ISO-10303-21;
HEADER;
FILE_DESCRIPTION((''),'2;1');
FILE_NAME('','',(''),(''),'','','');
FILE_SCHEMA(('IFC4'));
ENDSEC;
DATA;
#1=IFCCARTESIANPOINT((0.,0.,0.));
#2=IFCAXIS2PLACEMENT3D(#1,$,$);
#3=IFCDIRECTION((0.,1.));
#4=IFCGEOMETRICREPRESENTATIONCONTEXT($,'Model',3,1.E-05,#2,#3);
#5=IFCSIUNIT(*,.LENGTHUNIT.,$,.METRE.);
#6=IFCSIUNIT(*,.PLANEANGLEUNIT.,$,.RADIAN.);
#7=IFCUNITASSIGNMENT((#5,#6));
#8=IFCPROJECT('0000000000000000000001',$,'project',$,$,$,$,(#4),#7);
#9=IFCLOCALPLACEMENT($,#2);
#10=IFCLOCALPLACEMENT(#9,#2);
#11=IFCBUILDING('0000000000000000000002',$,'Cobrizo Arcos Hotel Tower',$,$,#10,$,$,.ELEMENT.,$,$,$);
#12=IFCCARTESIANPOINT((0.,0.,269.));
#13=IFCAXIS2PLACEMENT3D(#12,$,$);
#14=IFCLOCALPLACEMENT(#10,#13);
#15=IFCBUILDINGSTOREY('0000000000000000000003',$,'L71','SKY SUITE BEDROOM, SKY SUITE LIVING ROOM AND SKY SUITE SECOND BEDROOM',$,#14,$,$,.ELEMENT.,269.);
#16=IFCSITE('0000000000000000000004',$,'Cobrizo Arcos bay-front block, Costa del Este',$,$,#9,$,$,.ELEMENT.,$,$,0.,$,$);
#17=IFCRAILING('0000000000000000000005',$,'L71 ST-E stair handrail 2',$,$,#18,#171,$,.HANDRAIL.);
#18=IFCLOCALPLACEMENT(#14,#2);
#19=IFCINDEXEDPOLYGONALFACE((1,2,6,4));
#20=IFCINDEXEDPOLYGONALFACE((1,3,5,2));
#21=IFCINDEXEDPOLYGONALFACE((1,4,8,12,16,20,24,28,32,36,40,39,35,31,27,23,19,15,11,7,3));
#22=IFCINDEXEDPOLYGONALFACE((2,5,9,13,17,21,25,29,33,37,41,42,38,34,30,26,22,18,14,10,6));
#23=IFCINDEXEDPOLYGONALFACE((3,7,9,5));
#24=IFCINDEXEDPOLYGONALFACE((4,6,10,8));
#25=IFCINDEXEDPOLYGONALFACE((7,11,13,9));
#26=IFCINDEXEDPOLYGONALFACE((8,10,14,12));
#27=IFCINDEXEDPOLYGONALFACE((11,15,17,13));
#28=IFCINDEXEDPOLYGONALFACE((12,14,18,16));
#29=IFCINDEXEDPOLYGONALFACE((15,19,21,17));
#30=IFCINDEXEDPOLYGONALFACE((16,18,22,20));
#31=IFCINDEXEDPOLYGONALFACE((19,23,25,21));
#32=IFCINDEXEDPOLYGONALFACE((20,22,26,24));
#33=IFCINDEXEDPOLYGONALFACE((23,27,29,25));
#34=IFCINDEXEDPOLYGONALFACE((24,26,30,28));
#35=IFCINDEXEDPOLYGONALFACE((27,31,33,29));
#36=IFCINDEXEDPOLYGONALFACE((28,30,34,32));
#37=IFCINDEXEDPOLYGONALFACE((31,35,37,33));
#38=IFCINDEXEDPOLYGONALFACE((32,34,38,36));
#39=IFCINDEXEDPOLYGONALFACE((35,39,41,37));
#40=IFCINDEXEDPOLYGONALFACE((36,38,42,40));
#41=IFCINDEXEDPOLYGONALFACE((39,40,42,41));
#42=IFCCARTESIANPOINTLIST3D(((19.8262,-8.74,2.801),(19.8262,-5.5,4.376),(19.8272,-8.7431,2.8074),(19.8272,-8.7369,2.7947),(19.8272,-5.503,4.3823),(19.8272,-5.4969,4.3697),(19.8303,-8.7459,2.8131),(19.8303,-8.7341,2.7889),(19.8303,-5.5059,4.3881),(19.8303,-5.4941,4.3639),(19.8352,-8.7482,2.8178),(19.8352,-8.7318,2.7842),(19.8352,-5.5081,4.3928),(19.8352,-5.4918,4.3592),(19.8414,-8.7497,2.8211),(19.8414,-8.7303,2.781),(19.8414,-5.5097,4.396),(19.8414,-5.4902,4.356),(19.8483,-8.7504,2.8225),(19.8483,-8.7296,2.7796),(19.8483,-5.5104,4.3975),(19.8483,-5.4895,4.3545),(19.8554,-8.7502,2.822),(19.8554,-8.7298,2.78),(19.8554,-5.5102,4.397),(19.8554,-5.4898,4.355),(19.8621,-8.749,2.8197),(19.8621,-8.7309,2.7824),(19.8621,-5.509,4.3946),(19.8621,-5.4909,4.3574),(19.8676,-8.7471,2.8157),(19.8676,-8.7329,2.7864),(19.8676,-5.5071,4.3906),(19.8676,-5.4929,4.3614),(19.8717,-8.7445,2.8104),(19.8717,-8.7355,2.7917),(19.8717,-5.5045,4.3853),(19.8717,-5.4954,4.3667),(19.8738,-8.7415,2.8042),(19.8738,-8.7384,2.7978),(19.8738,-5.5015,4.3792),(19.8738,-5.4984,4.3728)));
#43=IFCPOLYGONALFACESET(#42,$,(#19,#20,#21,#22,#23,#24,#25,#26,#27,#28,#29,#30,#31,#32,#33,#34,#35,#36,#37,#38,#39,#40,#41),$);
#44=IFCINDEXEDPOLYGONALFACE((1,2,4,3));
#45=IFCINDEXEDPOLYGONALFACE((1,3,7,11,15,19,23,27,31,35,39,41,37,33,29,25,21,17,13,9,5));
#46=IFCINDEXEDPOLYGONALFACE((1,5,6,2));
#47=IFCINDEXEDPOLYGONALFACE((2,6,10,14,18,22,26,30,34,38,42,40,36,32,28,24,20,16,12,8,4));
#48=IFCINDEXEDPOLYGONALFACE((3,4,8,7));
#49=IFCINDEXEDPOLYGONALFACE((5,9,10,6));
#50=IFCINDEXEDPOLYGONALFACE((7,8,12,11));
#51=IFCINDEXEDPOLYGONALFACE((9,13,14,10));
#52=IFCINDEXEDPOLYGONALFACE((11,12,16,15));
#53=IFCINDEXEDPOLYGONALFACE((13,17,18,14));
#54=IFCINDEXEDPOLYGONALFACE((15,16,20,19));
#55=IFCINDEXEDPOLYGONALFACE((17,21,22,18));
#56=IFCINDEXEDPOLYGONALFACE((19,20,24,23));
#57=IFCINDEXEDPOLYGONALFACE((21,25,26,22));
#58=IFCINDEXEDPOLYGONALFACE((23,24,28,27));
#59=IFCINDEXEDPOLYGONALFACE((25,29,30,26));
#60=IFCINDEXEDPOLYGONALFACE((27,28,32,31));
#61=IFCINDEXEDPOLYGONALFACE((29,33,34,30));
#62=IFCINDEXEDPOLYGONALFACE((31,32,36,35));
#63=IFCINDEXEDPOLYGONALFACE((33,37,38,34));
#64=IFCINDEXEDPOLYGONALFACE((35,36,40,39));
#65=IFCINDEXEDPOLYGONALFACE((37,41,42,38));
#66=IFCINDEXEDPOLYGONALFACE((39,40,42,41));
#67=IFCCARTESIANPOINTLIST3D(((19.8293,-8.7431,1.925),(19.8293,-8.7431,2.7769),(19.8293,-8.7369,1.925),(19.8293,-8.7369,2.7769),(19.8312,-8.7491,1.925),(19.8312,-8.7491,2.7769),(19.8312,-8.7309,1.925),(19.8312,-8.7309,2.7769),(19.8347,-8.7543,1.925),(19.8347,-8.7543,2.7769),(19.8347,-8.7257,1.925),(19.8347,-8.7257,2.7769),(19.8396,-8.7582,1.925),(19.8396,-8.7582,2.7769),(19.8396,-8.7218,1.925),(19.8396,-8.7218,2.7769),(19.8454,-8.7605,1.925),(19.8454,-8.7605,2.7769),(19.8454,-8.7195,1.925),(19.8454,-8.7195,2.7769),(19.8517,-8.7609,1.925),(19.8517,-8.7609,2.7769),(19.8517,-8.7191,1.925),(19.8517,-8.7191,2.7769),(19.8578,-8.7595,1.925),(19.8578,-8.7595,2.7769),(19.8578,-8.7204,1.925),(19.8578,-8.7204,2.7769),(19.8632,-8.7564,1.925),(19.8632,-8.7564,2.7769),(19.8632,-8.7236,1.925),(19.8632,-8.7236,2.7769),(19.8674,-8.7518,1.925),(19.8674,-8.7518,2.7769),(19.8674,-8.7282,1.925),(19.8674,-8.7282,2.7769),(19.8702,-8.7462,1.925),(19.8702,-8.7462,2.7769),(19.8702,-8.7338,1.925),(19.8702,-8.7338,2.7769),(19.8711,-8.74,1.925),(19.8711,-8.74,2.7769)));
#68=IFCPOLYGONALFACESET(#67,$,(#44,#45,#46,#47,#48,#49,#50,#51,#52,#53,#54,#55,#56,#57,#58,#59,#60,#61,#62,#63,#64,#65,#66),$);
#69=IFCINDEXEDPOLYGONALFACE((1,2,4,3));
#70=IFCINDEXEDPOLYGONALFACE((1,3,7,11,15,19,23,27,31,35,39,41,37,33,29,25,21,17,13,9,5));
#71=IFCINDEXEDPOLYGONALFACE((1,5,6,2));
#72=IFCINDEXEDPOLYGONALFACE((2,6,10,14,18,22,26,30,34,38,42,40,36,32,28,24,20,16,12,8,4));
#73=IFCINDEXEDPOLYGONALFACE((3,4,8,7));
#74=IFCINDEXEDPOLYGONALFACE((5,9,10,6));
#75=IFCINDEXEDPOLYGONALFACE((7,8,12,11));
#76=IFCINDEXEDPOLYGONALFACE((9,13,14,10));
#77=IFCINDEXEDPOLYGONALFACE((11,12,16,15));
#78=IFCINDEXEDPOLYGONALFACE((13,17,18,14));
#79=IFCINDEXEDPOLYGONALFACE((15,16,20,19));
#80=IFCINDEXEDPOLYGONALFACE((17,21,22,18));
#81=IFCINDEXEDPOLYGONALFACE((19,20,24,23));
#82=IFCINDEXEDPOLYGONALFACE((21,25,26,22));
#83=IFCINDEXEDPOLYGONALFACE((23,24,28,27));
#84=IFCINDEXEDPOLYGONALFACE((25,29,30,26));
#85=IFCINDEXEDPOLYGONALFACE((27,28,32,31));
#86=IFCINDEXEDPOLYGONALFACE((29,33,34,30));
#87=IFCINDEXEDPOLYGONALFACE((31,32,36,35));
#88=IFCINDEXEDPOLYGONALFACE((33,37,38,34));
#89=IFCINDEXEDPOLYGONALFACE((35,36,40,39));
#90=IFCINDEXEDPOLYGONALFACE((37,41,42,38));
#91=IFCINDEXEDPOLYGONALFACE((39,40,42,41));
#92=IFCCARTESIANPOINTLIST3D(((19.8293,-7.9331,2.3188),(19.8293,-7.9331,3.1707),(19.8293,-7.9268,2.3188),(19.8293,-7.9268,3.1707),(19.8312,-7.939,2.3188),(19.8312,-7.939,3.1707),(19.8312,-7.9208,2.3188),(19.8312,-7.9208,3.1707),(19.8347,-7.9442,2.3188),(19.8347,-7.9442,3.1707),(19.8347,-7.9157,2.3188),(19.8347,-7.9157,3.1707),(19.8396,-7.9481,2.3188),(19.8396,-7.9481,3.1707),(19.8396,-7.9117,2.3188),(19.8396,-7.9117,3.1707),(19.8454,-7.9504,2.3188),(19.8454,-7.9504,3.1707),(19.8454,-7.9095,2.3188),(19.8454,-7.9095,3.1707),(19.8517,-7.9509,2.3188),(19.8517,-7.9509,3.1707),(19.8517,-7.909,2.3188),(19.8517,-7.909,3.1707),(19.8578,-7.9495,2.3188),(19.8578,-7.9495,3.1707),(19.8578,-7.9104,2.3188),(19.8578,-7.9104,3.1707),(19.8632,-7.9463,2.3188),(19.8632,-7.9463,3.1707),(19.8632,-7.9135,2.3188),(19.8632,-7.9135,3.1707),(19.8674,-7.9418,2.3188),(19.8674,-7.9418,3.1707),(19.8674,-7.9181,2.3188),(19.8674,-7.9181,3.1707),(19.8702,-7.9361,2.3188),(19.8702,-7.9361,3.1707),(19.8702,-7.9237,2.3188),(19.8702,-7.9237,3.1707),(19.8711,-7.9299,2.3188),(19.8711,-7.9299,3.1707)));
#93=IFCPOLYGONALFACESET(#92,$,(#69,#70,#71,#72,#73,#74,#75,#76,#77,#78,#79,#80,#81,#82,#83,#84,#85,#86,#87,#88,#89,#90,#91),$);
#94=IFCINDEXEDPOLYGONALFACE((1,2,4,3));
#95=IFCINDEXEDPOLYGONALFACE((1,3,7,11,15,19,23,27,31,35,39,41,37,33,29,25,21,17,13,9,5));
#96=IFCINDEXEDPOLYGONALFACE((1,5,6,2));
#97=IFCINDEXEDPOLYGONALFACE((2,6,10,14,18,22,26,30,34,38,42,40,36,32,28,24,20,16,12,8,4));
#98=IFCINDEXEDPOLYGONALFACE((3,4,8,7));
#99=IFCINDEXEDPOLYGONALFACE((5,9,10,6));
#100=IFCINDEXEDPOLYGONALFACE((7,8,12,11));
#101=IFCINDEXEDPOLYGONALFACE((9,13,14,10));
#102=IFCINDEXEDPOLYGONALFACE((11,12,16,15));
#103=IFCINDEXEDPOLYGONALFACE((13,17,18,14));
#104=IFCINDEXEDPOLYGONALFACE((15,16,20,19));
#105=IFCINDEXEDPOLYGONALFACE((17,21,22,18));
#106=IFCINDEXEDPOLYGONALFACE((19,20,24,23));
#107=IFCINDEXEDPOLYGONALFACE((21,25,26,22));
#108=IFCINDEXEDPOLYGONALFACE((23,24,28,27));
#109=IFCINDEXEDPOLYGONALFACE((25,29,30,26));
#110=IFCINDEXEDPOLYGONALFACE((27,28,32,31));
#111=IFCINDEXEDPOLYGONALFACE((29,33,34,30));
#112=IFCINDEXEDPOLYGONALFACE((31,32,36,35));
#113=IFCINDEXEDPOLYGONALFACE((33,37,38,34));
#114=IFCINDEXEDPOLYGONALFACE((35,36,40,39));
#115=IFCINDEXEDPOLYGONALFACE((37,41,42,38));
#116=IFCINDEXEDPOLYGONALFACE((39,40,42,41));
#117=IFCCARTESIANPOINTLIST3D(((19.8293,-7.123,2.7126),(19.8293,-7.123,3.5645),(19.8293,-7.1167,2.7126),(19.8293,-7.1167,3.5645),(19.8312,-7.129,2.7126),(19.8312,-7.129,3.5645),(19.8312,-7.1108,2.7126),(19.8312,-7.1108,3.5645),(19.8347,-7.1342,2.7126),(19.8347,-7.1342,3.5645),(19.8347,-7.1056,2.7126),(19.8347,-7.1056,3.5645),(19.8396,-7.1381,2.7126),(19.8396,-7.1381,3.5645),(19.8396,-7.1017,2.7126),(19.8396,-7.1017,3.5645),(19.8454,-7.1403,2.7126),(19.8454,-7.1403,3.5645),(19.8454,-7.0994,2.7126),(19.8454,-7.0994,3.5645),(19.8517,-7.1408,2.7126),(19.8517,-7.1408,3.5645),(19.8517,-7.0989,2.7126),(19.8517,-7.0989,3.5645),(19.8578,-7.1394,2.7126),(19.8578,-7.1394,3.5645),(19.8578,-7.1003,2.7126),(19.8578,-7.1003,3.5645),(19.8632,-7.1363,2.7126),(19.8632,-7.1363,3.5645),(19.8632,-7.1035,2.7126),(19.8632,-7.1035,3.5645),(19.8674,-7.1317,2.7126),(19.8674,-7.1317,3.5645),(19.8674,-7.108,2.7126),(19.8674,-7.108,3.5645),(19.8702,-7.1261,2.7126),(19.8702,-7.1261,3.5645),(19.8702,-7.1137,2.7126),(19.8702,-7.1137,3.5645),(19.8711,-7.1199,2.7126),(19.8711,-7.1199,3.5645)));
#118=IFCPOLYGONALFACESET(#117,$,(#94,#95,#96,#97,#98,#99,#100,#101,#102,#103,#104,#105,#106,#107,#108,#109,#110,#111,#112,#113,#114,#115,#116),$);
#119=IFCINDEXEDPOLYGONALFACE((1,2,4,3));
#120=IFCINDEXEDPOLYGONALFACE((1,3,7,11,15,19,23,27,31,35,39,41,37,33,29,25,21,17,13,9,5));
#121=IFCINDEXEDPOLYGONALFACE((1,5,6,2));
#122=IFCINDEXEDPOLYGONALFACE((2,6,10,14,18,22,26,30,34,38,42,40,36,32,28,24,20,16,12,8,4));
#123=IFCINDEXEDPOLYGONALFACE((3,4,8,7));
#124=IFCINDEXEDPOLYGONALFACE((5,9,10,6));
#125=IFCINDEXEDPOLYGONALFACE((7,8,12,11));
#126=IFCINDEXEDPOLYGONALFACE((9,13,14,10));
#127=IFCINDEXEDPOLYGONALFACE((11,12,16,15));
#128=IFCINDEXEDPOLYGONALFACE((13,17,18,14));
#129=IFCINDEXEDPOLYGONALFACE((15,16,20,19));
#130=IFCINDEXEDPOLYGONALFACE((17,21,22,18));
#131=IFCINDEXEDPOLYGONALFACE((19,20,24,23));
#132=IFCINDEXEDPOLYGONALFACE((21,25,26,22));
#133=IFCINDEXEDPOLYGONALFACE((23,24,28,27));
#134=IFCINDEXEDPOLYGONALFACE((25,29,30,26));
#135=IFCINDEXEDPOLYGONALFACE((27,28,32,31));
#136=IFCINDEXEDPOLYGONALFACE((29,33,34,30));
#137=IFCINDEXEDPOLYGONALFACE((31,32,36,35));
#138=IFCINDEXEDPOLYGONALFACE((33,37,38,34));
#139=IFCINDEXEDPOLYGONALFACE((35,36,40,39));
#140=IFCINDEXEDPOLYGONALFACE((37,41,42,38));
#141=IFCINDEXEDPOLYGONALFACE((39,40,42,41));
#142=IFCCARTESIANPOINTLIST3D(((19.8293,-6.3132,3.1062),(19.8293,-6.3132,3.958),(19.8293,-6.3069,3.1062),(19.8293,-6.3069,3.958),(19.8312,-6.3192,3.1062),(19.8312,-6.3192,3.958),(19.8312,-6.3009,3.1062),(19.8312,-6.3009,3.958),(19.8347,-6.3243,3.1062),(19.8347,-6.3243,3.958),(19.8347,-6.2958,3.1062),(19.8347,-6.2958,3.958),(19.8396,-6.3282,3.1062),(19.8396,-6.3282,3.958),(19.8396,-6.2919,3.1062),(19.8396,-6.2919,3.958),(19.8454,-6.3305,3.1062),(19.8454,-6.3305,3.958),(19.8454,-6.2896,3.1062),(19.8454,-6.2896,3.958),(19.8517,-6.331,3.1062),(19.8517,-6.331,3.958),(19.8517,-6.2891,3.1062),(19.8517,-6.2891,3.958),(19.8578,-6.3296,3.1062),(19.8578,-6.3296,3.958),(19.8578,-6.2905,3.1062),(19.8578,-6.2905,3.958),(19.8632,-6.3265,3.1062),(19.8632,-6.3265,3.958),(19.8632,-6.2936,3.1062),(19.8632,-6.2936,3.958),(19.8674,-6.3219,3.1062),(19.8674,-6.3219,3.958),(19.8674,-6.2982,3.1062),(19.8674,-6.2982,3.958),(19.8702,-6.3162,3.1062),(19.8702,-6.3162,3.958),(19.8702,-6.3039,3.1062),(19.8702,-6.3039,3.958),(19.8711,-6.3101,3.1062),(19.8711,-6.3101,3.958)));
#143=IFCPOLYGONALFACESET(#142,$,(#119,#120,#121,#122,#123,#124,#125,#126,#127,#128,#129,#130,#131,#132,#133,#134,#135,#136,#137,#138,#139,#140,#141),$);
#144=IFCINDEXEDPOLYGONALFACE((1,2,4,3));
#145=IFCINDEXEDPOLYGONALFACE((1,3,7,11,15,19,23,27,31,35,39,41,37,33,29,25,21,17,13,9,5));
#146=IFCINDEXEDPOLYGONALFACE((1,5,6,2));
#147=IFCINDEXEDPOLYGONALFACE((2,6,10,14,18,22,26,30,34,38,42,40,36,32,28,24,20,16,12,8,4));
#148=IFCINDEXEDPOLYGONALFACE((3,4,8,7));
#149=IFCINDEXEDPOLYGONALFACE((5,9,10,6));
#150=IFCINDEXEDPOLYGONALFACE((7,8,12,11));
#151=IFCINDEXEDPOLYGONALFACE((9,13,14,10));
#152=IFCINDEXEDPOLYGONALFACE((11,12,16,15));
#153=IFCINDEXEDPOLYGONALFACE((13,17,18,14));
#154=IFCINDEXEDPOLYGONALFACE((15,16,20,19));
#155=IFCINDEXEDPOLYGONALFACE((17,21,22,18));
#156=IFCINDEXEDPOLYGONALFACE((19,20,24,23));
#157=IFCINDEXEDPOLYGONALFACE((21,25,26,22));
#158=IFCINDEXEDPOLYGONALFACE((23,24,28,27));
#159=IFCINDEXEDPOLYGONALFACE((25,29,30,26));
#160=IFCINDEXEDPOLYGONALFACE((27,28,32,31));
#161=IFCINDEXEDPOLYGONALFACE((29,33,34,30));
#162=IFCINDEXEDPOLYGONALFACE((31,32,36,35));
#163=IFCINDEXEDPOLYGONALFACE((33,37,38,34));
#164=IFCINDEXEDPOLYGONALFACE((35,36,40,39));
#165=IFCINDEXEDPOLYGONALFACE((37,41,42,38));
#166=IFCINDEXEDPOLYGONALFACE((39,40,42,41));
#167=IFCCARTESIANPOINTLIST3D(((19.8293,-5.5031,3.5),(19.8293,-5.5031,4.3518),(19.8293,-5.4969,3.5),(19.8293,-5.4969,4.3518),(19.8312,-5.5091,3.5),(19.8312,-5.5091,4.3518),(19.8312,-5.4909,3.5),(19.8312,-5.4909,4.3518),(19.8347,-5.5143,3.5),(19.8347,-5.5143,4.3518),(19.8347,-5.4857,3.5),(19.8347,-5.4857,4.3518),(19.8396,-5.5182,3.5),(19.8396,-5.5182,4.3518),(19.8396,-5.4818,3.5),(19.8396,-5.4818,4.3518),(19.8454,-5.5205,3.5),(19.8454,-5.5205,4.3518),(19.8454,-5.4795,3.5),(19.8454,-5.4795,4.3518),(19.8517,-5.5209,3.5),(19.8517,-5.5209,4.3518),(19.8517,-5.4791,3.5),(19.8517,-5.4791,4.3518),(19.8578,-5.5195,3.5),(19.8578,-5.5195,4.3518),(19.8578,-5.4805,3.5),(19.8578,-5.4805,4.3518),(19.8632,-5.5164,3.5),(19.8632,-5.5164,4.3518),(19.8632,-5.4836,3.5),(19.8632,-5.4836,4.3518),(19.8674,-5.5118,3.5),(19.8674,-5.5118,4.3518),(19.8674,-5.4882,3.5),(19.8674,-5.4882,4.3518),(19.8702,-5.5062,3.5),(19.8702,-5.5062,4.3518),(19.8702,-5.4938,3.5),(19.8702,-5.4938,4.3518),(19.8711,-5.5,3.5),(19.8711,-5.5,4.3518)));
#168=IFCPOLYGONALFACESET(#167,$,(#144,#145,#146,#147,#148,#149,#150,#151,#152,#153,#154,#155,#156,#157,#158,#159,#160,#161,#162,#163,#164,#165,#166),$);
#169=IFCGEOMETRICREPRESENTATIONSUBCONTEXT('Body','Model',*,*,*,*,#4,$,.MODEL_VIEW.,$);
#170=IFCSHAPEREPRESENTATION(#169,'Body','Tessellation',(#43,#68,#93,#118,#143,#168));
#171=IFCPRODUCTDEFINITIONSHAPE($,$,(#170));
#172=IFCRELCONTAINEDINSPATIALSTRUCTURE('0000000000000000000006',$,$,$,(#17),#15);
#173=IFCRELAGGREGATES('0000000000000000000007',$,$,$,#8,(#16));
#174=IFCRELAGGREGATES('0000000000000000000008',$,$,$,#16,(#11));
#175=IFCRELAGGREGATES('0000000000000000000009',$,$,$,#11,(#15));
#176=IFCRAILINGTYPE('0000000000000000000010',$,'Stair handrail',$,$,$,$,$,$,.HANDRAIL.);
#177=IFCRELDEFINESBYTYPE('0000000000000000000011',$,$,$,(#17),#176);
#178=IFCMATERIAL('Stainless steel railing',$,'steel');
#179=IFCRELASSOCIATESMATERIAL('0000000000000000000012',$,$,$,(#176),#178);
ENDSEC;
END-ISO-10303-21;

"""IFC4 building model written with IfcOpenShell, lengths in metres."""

from ifc_helpers import new_model, si_unit, direction, frame, origin, origin_2d, place, context, subcontext, project, spatial, circle, extrude, material, type_object, element, save


model = new_model("IFC4")

# Units and contexts
model_context = context("Model", 3, precision=1e-05, world=origin(), true_north=direction((0.0, 1.0)))
body_context = subcontext(model_context, "Body", "Model", "MODEL_VIEW")
ifc_project = project(units=[si_unit("LENGTHUNIT", "METRE"), si_unit("PLANEANGLEUNIT", "RADIAN")], contexts=[model_context])

# Site, building, storey
site_placement = place(None, origin())
site = spatial("IfcSite", under=ifc_project, at=site_placement, Name="Cobrizo Arcos bay-front block, Costa del Este", CompositionType="ELEMENT", RefElevation=0.0)
building_placement = place(site_placement, origin())
building = spatial("IfcBuilding", under=site, at=building_placement, Name="Cobrizo Arcos Hotel Tower", CompositionType="ELEMENT")
storey_placement = place(building_placement, frame((0.0, 0.0, 269.0)))
storey = spatial("IfcBuildingStorey", under=building, at=storey_placement, Name="L71", Description="SKY SUITE BEDROOM, SKY SUITE LIVING ROOM AND SKY SUITE SECOND BEDROOM", CompositionType="ELEMENT", Elevation=269.0)

# Railing
ifc_material_1 = material(Name="Stainless steel railing", Category="steel")
railing_type_1 = type_object("IfcRailingType", Name="Stair handrail", PredefinedType="HANDRAIL", material=ifc_material_1)
railing_1_placement = place(storey_placement, frame((19.8501, -8.74, 1.925)))
element("IfcRailing", 1, at=railing_1_placement, inside=storey, type_object=railing_type_1, Name="L71 ST-E stair handrail 2", PredefinedType="HANDRAIL", context=body_context, shape_type="SweptSolid", body=[
    extrude(circle(Radius=0.0239, at=origin_2d()), frame((0.0, 0.0, 0.876), z_axis=(0.0, 0.899373, 0.437183), x_axis=(-1.0, 0.0, 0.0)), (0.0, 0.0, 1.0), 3.6025),
    extrude(circle(Radius=0.021, at=origin_2d()), origin(), (0.0, 0.0, 1.0), 0.8518),
    extrude(circle(Radius=0.021, at=origin_2d()), frame((0.0, 0.8101, 0.3938)), (0.0, 0.0, 1.0), 0.8518),
    extrude(circle(Radius=0.021, at=origin_2d()), frame((0.0, 1.6201, 0.7876)), (0.0, 0.0, 1.0), 0.8518),
    extrude(circle(Radius=0.021, at=origin_2d()), frame((0.0, 2.4299, 1.1812)), (0.0, 0.0, 1.0), 0.8518),
    extrude(circle(Radius=0.021, at=origin_2d()), frame((0.0, 3.24, 1.575)), (0.0, 0.0, 1.0), 0.8518),
])

save(model, "model.ifc")
